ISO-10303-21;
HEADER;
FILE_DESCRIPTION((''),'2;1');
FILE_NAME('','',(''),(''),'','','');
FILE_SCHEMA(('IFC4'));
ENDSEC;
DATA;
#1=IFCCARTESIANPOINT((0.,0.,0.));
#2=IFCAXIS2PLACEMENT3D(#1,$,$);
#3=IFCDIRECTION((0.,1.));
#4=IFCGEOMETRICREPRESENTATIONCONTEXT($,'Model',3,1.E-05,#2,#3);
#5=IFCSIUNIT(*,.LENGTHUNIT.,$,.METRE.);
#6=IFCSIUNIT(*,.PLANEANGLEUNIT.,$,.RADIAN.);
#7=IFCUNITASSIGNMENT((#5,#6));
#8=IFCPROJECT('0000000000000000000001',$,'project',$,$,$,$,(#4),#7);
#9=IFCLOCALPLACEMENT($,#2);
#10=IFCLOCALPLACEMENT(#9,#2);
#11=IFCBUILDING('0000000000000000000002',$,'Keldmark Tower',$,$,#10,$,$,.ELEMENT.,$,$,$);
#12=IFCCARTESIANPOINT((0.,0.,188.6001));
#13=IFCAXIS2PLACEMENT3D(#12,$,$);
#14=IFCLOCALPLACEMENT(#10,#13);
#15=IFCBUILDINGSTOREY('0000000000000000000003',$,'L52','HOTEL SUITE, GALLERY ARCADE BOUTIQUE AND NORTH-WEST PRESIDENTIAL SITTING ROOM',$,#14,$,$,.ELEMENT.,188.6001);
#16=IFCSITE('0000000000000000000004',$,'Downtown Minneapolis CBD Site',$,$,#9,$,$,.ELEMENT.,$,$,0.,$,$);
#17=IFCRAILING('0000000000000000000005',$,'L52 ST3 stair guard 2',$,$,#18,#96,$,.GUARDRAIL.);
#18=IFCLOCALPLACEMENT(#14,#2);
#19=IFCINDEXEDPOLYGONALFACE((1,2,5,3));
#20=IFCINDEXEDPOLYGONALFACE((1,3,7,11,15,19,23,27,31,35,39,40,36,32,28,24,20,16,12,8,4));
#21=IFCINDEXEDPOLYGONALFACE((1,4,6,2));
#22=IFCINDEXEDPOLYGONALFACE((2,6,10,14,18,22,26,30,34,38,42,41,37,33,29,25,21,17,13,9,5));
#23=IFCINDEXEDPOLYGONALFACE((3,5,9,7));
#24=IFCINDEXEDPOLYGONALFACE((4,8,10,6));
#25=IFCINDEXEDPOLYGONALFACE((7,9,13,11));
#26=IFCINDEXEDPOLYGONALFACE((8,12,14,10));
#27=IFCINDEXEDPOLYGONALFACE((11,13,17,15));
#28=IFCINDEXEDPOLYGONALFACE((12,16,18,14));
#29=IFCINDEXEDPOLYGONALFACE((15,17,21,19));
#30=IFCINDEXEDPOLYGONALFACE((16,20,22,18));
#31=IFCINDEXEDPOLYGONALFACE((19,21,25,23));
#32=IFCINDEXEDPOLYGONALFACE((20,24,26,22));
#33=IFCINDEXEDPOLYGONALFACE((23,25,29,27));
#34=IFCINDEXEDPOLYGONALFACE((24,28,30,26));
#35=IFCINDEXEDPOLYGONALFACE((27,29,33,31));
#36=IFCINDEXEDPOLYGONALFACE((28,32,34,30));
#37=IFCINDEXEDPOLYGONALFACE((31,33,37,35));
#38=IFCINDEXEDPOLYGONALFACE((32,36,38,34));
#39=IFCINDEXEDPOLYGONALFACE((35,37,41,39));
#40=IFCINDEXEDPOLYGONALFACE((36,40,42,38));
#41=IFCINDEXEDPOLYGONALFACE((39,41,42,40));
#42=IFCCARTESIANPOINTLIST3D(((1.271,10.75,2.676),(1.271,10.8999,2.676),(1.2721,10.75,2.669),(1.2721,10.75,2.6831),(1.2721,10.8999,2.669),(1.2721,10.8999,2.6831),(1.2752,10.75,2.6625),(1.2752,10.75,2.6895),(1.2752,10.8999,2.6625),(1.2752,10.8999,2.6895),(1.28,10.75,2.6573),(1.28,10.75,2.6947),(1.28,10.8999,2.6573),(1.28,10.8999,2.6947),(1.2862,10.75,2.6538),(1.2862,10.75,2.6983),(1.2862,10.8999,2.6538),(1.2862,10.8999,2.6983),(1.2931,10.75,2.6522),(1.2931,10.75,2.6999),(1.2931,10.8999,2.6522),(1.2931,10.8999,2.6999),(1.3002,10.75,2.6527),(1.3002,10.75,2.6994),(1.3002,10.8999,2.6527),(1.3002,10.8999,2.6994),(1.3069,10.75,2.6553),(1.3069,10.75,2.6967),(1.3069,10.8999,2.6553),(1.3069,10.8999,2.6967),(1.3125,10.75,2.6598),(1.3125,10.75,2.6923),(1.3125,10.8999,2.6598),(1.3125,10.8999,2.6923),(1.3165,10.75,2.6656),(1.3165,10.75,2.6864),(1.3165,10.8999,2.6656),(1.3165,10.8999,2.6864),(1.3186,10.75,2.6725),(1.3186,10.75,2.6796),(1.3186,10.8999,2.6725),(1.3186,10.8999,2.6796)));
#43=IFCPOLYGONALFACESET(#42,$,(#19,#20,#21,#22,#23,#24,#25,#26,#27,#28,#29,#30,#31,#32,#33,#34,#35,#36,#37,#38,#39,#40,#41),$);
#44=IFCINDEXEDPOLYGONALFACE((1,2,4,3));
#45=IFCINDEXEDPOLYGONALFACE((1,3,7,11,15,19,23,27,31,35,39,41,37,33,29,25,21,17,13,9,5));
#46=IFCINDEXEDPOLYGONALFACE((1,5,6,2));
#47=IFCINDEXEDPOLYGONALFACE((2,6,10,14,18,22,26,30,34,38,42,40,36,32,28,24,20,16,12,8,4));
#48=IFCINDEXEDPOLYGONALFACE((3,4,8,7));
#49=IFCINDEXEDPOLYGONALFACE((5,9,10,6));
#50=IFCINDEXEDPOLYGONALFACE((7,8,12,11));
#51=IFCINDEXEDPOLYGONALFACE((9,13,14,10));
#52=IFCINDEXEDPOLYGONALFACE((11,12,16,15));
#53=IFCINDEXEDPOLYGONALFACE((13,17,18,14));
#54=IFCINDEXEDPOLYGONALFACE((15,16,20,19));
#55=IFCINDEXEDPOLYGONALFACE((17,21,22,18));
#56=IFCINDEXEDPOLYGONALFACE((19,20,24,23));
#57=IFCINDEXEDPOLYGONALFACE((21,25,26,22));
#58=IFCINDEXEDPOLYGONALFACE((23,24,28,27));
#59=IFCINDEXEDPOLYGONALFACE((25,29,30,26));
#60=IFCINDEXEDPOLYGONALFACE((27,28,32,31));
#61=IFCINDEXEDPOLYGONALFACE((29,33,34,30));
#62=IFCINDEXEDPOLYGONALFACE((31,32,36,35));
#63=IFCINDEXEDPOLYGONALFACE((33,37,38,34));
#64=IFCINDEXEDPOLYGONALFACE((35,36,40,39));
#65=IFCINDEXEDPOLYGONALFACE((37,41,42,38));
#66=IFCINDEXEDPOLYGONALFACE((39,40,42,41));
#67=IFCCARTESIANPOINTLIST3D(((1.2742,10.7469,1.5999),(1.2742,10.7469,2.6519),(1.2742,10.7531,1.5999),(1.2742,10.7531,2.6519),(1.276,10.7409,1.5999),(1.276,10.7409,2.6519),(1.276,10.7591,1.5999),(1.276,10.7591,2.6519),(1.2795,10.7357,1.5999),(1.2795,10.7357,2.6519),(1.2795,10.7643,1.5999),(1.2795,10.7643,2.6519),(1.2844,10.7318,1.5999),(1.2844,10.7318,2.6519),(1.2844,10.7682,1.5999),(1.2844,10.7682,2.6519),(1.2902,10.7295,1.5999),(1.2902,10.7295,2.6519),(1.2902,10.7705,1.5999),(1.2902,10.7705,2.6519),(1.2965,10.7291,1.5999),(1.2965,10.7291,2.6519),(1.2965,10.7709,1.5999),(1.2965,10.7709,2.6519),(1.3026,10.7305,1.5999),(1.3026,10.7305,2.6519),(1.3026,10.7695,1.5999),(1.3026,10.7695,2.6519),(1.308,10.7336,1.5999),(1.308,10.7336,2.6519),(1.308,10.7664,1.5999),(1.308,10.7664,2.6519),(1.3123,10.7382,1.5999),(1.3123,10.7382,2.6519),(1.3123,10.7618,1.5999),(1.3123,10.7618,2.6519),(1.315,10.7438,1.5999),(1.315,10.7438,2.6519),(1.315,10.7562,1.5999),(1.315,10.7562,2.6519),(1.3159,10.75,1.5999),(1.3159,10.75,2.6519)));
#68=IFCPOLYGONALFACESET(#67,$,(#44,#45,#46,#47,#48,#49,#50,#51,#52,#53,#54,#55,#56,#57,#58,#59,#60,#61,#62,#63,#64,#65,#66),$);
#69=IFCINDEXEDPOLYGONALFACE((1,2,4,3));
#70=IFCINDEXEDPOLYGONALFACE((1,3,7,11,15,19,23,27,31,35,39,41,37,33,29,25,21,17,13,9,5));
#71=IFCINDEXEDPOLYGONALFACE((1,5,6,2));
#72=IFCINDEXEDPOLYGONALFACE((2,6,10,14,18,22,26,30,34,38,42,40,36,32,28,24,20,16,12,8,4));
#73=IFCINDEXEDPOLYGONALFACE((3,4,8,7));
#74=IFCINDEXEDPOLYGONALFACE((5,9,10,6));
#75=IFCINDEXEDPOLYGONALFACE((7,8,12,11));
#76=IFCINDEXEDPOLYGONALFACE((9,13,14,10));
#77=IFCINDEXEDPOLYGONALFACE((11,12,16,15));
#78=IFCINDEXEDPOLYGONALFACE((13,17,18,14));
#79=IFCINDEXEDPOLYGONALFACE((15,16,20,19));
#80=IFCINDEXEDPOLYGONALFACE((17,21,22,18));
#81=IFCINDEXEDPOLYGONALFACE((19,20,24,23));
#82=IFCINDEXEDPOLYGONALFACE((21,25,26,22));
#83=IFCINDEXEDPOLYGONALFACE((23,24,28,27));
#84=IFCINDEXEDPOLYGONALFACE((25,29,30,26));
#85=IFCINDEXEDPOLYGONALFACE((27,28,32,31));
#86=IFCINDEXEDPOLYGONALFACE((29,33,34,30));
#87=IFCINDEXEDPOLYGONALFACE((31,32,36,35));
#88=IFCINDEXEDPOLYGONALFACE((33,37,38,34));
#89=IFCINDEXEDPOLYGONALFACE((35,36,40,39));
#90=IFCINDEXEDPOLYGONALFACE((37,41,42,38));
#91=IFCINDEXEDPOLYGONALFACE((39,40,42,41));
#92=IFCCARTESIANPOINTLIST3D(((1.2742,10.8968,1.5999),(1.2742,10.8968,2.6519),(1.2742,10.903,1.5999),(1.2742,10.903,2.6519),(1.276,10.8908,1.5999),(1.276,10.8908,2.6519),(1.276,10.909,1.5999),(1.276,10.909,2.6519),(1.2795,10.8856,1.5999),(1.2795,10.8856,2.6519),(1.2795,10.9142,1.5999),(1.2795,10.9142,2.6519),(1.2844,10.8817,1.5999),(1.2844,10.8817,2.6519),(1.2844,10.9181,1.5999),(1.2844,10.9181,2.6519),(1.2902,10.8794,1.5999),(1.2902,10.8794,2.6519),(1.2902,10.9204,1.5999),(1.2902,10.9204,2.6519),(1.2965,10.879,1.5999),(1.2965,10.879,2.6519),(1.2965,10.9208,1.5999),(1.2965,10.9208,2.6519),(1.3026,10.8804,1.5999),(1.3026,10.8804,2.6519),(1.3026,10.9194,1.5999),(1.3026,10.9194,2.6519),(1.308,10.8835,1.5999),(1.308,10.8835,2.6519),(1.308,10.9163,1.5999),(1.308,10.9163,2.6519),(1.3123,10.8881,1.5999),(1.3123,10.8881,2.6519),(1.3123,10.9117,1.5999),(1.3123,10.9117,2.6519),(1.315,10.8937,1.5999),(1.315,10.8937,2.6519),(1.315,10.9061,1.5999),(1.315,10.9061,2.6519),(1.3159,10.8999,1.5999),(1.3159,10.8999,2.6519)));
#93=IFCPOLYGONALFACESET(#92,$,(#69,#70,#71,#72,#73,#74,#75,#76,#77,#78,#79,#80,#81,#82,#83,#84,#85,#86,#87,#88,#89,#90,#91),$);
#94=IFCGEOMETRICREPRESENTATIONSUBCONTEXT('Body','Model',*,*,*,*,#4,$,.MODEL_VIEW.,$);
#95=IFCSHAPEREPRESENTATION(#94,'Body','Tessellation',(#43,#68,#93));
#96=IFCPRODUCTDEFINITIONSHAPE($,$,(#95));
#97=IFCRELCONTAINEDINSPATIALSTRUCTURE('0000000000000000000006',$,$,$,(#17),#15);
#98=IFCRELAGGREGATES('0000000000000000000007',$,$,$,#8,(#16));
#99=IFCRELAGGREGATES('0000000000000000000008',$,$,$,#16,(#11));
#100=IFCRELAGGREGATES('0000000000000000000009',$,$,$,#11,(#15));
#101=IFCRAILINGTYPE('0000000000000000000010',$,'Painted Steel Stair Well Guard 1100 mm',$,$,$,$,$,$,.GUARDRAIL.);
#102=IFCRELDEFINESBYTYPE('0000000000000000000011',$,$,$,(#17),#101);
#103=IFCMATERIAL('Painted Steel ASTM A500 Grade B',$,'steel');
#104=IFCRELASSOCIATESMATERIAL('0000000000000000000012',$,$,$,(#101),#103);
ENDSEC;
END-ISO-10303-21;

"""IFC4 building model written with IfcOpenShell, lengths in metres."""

from ifc_helpers import new_model, si_unit, direction, frame, origin, origin_2d, place, context, subcontext, project, spatial, circle, extrude, material, type_object, element, save


model = new_model("IFC4")

# Units and contexts
model_context = context("Model", 3, precision=1e-05, world=origin(), true_north=direction((0.0, 1.0)))
body_context = subcontext(model_context, "Body", "Model", "MODEL_VIEW")
ifc_project = project(units=[si_unit("LENGTHUNIT", "METRE"), si_unit("PLANEANGLEUNIT", "RADIAN")], contexts=[model_context])

# Site, building, storey
site_placement = place(None, origin())
site = spatial("IfcSite", under=ifc_project, at=site_placement, Name="Downtown Minneapolis CBD Site", CompositionType="ELEMENT", RefElevation=0.0)
building_placement = place(site_placement, origin())
building = spatial("IfcBuilding", under=site, at=building_placement, Name="Keldmark Tower", CompositionType="ELEMENT")
storey_placement = place(building_placement, frame((0.0, 0.0, 188.6001)))
storey = spatial("IfcBuildingStorey", under=building, at=storey_placement, Name="L52", Description="HOTEL SUITE, GALLERY ARCADE BOUTIQUE AND NORTH-WEST PRESIDENTIAL SITTING ROOM", CompositionType="ELEMENT", Elevation=188.6001)

# Railing
ifc_material_1 = material(Name="Painted Steel ASTM A500 Grade B", Category="steel")
railing_type_1 = type_object("IfcRailingType", Name="Painted Steel Stair Well Guard 1100 mm", PredefinedType="GUARDRAIL", material=ifc_material_1)
railing_1_placement = place(storey_placement, frame((1.2949, 10.75, 1.5999)))
element("IfcRailing", 1, at=railing_1_placement, inside=storey, type_object=railing_type_1, Name="L52 ST3 stair guard 2", PredefinedType="GUARDRAIL", context=body_context, shape_type="SweptSolid", body=[
    extrude(circle(Radius=0.0239, at=origin_2d()), frame((0.0, 0.0, 1.0762), z_axis=(0.0, 1.0, 0.0), x_axis=(-1.0, 0.0, 0.0)), (0.0, 0.0, 1.0), 0.1499),
    extrude(circle(Radius=0.021, at=origin_2d()), origin(), (0.0, 0.0, 1.0), 1.052),
    extrude(circle(Radius=0.021, at=origin_2d()), frame((0.0, 0.1499, 0.0)), (0.0, 0.0, 1.0), 1.052),
])

save(model, "model.ifc")
